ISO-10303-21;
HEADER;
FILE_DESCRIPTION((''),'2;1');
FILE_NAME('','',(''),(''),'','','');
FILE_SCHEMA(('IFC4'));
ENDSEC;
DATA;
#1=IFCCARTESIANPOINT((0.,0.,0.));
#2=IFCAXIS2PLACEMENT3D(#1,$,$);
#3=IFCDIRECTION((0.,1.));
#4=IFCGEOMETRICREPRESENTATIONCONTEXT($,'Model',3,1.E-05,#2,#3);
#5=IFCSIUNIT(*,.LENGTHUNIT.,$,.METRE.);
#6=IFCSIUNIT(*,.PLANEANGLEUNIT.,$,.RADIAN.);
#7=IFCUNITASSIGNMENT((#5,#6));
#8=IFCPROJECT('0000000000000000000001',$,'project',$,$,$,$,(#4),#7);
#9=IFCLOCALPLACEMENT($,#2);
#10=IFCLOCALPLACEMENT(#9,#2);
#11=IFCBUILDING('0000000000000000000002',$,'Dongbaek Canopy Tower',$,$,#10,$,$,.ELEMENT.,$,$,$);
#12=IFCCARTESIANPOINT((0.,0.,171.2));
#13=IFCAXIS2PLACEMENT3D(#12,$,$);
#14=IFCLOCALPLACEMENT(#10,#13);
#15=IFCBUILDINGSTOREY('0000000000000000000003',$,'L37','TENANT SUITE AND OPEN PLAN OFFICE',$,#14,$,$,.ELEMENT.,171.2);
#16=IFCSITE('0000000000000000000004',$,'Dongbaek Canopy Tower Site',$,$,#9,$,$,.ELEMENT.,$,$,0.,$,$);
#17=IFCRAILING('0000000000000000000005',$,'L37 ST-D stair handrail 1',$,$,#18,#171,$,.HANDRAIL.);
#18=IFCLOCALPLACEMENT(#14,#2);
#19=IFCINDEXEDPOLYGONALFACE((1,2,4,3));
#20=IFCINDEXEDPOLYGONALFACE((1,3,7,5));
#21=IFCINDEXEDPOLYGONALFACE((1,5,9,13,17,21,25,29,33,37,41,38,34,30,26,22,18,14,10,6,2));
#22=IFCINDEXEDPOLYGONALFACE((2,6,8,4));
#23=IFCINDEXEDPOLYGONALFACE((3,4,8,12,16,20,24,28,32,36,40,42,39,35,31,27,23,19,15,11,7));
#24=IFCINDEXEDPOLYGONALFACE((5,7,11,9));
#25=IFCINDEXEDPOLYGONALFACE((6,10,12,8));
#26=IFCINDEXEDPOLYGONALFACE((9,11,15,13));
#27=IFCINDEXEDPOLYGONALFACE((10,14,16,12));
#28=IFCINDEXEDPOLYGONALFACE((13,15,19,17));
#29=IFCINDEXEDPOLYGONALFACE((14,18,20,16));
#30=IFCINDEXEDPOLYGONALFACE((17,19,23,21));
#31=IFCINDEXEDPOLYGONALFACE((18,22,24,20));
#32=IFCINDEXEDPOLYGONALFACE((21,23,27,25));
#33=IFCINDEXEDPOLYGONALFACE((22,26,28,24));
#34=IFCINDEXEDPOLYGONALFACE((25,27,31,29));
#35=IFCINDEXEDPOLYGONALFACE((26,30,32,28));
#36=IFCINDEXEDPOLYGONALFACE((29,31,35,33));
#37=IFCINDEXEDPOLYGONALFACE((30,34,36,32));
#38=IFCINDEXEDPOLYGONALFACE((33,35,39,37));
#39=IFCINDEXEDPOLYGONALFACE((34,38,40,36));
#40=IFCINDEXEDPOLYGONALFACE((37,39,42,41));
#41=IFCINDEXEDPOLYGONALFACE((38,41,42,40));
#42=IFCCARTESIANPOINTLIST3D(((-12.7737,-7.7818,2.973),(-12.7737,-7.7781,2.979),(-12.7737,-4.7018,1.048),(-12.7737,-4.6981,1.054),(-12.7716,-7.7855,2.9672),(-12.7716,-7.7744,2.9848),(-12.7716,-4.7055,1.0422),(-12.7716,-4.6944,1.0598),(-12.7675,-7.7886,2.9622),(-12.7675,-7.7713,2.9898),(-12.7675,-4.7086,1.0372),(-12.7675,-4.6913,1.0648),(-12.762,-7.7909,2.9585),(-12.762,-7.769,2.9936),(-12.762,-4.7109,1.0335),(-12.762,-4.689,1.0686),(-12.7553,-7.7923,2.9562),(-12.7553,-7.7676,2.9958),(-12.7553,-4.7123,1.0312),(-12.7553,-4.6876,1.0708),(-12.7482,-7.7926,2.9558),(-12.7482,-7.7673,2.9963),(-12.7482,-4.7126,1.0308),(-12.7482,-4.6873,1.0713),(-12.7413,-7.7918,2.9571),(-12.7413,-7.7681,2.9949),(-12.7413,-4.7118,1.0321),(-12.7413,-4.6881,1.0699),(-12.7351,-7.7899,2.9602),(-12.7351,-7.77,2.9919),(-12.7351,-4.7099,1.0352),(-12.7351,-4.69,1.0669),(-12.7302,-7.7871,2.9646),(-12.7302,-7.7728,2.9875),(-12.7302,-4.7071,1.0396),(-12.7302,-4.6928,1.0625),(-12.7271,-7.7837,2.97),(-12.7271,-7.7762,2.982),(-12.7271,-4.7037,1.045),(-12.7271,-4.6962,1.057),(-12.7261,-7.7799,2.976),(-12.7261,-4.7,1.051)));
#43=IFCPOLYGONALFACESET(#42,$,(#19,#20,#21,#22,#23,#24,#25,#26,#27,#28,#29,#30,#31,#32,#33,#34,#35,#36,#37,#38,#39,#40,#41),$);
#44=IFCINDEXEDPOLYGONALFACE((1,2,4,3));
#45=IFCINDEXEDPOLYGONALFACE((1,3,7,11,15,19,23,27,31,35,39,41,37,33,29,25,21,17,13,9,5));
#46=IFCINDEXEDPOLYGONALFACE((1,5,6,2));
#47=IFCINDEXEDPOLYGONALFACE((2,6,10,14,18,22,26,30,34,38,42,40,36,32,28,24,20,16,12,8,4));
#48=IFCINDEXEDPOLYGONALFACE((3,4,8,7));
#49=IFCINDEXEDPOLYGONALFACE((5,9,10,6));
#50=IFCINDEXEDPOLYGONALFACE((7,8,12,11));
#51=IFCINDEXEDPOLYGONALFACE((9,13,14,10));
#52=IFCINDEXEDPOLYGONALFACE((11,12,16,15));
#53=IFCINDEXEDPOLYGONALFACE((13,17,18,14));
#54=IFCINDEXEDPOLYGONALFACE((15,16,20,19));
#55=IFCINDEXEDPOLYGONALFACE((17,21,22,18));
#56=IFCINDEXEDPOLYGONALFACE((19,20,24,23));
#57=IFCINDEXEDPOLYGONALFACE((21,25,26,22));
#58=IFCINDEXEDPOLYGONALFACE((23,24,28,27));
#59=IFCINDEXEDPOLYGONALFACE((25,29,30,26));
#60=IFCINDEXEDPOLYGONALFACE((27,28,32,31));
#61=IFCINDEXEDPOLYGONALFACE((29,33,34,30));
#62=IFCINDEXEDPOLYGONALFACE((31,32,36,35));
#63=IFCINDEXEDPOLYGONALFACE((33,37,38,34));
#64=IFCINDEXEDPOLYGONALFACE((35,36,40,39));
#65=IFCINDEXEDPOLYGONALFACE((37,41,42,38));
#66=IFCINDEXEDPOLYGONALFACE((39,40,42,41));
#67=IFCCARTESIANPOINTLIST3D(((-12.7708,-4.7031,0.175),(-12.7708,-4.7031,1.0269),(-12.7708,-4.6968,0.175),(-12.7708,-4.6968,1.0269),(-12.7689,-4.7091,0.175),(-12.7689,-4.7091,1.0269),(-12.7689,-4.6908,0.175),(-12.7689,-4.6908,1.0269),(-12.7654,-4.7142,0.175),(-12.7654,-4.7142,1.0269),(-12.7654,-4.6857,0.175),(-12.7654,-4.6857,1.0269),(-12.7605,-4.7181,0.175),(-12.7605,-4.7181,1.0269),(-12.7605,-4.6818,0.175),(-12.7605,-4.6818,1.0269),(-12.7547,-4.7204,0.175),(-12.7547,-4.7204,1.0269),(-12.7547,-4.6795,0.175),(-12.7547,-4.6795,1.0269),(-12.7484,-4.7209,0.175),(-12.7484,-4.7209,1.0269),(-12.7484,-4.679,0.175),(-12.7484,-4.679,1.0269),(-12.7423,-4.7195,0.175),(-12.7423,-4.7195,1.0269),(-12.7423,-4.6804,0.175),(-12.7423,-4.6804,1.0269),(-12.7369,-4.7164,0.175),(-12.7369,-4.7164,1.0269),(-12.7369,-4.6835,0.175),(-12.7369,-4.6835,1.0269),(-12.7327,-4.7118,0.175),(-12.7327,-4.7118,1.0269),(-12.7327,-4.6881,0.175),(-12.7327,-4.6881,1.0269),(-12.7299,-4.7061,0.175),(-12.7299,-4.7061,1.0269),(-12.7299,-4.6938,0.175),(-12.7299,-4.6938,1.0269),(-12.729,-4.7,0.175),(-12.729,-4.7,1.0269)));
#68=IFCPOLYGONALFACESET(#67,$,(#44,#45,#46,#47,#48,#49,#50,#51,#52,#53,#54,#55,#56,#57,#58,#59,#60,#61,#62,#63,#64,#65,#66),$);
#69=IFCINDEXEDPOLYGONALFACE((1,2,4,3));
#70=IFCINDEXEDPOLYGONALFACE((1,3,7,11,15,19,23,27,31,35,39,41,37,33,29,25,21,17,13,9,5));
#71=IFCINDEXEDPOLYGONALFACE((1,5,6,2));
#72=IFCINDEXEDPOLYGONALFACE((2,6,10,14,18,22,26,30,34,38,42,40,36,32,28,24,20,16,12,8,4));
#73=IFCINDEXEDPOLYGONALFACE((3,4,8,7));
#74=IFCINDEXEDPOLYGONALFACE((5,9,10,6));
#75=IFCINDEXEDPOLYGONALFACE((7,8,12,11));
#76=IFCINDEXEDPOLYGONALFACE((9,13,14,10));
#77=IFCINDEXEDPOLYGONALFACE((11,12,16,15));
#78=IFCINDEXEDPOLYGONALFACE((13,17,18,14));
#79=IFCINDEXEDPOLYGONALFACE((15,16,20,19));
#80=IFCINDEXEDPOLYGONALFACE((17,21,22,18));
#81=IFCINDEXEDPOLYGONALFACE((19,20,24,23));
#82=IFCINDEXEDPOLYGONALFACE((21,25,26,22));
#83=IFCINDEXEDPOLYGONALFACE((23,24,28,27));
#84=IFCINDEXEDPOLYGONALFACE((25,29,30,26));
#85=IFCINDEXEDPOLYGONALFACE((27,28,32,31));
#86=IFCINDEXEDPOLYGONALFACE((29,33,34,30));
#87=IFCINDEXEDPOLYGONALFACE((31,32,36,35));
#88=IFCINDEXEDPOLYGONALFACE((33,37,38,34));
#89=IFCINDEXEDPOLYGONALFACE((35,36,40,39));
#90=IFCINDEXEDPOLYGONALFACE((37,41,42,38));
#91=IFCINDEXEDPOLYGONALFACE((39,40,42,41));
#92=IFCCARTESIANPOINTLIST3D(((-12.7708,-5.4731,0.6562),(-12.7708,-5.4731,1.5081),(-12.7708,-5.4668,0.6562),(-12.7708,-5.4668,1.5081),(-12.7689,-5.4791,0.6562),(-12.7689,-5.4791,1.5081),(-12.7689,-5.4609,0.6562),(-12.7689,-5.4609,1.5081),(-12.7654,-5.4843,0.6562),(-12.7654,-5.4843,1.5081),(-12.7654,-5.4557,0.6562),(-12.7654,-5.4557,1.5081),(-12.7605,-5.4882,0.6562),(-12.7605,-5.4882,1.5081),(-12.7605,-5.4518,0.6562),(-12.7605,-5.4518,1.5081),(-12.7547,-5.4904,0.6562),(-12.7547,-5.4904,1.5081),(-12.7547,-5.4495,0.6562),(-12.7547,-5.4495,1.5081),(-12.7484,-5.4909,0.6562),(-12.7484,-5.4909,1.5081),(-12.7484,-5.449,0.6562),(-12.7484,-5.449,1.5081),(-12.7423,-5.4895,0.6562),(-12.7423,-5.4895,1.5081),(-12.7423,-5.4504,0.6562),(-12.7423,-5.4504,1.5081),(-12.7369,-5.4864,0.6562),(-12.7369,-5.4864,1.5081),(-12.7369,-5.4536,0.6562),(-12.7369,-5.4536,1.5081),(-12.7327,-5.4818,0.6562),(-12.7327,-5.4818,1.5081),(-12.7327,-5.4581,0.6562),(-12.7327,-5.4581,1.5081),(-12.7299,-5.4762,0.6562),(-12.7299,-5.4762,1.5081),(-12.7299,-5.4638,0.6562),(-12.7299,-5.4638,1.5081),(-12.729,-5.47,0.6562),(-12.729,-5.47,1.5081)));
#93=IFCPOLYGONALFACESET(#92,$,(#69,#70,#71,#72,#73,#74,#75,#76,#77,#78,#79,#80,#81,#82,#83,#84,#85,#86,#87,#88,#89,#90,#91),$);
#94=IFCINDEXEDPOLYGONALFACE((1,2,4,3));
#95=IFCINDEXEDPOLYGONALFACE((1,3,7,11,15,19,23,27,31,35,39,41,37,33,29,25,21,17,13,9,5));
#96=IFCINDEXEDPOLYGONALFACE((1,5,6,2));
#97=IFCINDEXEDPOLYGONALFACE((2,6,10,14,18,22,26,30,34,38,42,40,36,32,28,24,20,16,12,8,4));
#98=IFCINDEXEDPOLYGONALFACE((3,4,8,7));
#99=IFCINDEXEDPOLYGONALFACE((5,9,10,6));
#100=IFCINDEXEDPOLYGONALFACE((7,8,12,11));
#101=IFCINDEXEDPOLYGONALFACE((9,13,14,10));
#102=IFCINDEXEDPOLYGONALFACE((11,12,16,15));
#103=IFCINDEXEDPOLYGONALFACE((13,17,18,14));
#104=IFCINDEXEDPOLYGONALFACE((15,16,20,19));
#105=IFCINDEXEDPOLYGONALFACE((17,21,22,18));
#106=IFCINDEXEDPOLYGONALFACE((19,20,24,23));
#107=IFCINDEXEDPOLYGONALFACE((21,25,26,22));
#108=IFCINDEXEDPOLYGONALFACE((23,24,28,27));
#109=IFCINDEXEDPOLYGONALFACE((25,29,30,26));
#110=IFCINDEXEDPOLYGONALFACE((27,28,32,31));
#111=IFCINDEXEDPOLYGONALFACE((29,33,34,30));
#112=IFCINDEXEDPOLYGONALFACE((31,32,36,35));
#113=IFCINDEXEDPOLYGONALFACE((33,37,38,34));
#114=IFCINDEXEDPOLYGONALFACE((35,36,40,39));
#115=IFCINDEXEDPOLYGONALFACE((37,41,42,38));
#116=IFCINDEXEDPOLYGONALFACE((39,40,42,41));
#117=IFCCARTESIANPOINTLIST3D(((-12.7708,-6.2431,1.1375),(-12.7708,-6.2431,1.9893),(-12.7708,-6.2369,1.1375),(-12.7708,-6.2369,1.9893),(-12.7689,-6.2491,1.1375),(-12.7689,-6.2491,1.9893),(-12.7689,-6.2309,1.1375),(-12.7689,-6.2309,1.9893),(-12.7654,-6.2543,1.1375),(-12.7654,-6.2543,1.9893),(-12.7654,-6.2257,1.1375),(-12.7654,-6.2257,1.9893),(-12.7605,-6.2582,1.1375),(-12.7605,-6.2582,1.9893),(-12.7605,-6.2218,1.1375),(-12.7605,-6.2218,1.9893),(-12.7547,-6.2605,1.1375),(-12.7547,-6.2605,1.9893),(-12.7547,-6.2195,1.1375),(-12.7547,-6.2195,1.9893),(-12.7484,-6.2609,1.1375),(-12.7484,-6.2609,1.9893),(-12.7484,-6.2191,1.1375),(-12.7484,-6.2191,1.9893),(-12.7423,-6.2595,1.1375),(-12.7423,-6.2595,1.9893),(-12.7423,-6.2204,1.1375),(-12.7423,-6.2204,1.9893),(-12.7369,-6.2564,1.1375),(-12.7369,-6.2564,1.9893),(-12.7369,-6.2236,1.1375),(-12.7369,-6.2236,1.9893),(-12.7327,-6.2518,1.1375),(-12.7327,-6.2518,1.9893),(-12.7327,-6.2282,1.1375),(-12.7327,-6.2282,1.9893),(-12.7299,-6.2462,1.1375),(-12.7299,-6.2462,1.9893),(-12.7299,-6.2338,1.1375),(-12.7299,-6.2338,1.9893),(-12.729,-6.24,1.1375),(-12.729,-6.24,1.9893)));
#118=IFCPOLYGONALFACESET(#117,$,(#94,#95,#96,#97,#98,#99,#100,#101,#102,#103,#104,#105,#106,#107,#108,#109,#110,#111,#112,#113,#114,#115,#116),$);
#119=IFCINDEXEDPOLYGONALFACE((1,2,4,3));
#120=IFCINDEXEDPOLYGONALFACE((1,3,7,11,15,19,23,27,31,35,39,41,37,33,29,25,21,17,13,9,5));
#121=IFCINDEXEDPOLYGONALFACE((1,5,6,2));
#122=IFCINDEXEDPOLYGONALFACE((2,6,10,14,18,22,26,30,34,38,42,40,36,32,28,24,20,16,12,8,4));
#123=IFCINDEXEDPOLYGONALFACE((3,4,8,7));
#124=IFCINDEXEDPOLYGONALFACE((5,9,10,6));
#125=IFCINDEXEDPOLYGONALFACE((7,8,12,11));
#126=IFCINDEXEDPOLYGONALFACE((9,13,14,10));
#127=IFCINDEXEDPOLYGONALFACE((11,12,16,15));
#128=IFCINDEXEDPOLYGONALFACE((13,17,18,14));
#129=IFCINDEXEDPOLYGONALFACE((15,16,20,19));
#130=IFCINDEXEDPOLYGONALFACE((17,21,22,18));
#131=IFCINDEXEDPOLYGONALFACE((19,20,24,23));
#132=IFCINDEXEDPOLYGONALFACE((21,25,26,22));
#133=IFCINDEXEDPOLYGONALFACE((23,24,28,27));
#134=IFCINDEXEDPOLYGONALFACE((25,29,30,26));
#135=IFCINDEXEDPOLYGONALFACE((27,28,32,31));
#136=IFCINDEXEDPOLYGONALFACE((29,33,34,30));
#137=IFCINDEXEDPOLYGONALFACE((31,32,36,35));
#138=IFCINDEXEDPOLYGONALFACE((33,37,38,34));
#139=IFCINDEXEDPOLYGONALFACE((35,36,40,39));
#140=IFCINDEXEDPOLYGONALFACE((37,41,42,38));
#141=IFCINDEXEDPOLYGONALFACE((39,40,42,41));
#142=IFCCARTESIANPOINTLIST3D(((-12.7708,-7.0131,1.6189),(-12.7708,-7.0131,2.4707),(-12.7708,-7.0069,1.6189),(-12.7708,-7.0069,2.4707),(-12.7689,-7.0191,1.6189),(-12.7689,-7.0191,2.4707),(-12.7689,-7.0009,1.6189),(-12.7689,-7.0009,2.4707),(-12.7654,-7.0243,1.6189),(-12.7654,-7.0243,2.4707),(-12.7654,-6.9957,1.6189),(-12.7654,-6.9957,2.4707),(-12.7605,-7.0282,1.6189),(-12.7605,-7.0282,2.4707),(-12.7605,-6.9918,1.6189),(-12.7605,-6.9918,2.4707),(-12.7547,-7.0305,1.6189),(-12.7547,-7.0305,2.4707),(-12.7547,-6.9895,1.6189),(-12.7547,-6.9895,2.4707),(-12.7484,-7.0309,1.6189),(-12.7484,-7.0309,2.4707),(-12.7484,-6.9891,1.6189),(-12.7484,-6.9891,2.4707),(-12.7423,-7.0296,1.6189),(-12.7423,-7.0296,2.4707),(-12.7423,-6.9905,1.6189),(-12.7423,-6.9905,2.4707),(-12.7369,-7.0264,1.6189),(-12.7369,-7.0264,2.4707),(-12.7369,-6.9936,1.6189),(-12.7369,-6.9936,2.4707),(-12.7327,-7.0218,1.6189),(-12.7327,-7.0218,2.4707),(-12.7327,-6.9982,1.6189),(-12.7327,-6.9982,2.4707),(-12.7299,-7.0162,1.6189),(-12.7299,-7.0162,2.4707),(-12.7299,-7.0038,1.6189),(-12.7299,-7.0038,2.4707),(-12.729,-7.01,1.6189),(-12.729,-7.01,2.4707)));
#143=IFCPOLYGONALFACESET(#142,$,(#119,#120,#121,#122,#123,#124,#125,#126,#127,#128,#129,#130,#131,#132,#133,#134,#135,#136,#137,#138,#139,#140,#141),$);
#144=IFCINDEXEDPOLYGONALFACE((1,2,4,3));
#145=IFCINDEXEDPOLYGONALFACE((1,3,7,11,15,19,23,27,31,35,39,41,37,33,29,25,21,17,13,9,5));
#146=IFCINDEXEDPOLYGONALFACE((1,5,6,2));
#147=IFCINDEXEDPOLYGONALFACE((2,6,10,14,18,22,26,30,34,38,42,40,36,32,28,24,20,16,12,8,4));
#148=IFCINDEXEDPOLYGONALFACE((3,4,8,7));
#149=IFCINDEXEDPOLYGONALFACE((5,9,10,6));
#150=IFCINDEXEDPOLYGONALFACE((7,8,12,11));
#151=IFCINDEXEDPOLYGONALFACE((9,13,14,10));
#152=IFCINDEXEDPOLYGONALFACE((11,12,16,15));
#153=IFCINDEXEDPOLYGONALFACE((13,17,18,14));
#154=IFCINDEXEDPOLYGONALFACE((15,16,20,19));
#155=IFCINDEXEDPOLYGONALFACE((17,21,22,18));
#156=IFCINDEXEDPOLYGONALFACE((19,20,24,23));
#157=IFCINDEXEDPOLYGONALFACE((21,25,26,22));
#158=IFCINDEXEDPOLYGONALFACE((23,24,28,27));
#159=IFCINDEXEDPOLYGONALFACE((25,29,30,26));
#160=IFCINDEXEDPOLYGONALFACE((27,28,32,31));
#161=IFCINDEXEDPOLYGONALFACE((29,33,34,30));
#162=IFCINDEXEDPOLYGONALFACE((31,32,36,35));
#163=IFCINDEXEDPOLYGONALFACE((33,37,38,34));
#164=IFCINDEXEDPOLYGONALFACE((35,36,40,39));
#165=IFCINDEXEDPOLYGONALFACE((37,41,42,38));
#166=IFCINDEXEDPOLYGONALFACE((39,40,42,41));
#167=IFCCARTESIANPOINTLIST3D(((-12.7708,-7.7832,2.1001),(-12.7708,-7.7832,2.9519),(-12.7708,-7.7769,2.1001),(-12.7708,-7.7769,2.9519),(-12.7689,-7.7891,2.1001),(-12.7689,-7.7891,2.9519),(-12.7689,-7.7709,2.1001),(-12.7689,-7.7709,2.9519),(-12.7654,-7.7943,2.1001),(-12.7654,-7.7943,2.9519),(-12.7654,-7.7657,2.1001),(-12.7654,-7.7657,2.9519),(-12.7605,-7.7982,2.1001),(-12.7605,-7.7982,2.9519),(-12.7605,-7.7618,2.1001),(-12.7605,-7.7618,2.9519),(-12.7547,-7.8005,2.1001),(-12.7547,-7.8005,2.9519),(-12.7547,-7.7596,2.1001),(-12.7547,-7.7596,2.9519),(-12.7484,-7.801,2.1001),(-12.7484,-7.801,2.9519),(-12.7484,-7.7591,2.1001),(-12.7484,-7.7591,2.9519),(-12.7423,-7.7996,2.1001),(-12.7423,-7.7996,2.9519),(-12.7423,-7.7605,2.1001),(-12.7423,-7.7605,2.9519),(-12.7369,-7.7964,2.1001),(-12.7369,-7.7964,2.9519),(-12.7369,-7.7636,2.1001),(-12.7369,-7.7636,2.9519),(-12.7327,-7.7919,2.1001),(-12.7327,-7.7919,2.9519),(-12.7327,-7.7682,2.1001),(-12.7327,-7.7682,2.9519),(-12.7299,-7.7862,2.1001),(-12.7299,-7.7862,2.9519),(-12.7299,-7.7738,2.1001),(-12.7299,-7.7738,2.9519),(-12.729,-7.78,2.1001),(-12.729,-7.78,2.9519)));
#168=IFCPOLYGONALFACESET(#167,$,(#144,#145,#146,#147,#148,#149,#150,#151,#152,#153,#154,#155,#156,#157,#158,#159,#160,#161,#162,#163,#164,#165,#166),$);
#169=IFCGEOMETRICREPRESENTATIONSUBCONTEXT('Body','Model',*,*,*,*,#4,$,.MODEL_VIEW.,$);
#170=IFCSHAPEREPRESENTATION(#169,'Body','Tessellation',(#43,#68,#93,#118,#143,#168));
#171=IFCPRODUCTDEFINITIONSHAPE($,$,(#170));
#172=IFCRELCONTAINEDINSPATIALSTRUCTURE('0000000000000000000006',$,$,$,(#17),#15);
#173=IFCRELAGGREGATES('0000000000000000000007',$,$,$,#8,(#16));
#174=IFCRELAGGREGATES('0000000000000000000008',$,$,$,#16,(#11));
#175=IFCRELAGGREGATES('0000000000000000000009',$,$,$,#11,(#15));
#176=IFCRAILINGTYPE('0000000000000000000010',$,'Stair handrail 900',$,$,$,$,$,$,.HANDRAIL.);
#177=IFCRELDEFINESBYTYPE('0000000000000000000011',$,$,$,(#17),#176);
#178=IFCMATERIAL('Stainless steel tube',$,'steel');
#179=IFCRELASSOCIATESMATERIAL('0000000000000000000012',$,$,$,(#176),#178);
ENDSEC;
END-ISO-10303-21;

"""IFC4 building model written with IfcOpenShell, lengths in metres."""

from ifc_helpers import new_model, si_unit, direction, frame, origin, origin_2d, place, context, subcontext, project, spatial, circle, extrude, material, type_object, element, save


model = new_model("IFC4")

# Units and contexts
model_context = context("Model", 3, precision=1e-05, world=origin(), true_north=direction((0.0, 1.0)))
body_context = subcontext(model_context, "Body", "Model", "MODEL_VIEW")
ifc_project = project(units=[si_unit("LENGTHUNIT", "METRE"), si_unit("PLANEANGLEUNIT", "RADIAN")], contexts=[model_context])

# Site, building, storey
site_placement = place(None, origin())
site = spatial("IfcSite", under=ifc_project, at=site_placement, Name="Dongbaek Canopy Tower Site", CompositionType="ELEMENT", RefElevation=0.0)
building_placement = place(site_placement, origin())
building = spatial("IfcBuilding", under=site, at=building_placement, Name="Dongbaek Canopy Tower", CompositionType="ELEMENT")
storey_placement = place(building_placement, frame((0.0, 0.0, 171.2)))
storey = spatial("IfcBuildingStorey", under=building, at=storey_placement, Name="L37", Description="TENANT SUITE AND OPEN PLAN OFFICE", CompositionType="ELEMENT", Elevation=171.2)

# Railing
ifc_material_1 = material(Name="Stainless steel tube", Category="steel")
railing_type_1 = type_object("IfcRailingType", Name="Stair handrail 900", PredefinedType="HANDRAIL", material=ifc_material_1)
railing_1_placement = place(storey_placement, frame((-12.75, -4.7, 0.175)))
element("IfcRailing", 1, at=railing_1_placement, inside=storey, type_object=railing_type_1, Name="L37 ST-D stair handrail 1", PredefinedType="HANDRAIL", context=body_context, shape_type="SweptSolid", body=[
    extrude(circle(Radius=0.0239, at=origin_2d()), frame((0.0, 0.0, 0.876), z_axis=(0.0, -0.847998, 0.529999), x_axis=(1.0, 0.0, 0.0)), (0.0, 0.0, 1.0), 3.6321),
    extrude(circle(Radius=0.021, at=origin_2d()), origin(), (0.0, 0.0, 1.0), 0.8518),
    extrude(circle(Radius=0.021, at=origin_2d()), frame((0.0, -0.77, 0.4812)), (0.0, 0.0, 1.0), 0.8518),
    extrude(circle(Radius=0.021, at=origin_2d()), frame((0.0, -1.54, 0.9624)), (0.0, 0.0, 1.0), 0.8518),
    extrude(circle(Radius=0.021, at=origin_2d()), frame((0.0, -2.3101, 1.4438)), (0.0, 0.0, 1.0), 0.8518),
    extrude(circle(Radius=0.021, at=origin_2d()), frame((0.0, -3.0801, 1.925)), (0.0, 0.0, 1.0), 0.8518),
])

save(model, "model.ifc")
